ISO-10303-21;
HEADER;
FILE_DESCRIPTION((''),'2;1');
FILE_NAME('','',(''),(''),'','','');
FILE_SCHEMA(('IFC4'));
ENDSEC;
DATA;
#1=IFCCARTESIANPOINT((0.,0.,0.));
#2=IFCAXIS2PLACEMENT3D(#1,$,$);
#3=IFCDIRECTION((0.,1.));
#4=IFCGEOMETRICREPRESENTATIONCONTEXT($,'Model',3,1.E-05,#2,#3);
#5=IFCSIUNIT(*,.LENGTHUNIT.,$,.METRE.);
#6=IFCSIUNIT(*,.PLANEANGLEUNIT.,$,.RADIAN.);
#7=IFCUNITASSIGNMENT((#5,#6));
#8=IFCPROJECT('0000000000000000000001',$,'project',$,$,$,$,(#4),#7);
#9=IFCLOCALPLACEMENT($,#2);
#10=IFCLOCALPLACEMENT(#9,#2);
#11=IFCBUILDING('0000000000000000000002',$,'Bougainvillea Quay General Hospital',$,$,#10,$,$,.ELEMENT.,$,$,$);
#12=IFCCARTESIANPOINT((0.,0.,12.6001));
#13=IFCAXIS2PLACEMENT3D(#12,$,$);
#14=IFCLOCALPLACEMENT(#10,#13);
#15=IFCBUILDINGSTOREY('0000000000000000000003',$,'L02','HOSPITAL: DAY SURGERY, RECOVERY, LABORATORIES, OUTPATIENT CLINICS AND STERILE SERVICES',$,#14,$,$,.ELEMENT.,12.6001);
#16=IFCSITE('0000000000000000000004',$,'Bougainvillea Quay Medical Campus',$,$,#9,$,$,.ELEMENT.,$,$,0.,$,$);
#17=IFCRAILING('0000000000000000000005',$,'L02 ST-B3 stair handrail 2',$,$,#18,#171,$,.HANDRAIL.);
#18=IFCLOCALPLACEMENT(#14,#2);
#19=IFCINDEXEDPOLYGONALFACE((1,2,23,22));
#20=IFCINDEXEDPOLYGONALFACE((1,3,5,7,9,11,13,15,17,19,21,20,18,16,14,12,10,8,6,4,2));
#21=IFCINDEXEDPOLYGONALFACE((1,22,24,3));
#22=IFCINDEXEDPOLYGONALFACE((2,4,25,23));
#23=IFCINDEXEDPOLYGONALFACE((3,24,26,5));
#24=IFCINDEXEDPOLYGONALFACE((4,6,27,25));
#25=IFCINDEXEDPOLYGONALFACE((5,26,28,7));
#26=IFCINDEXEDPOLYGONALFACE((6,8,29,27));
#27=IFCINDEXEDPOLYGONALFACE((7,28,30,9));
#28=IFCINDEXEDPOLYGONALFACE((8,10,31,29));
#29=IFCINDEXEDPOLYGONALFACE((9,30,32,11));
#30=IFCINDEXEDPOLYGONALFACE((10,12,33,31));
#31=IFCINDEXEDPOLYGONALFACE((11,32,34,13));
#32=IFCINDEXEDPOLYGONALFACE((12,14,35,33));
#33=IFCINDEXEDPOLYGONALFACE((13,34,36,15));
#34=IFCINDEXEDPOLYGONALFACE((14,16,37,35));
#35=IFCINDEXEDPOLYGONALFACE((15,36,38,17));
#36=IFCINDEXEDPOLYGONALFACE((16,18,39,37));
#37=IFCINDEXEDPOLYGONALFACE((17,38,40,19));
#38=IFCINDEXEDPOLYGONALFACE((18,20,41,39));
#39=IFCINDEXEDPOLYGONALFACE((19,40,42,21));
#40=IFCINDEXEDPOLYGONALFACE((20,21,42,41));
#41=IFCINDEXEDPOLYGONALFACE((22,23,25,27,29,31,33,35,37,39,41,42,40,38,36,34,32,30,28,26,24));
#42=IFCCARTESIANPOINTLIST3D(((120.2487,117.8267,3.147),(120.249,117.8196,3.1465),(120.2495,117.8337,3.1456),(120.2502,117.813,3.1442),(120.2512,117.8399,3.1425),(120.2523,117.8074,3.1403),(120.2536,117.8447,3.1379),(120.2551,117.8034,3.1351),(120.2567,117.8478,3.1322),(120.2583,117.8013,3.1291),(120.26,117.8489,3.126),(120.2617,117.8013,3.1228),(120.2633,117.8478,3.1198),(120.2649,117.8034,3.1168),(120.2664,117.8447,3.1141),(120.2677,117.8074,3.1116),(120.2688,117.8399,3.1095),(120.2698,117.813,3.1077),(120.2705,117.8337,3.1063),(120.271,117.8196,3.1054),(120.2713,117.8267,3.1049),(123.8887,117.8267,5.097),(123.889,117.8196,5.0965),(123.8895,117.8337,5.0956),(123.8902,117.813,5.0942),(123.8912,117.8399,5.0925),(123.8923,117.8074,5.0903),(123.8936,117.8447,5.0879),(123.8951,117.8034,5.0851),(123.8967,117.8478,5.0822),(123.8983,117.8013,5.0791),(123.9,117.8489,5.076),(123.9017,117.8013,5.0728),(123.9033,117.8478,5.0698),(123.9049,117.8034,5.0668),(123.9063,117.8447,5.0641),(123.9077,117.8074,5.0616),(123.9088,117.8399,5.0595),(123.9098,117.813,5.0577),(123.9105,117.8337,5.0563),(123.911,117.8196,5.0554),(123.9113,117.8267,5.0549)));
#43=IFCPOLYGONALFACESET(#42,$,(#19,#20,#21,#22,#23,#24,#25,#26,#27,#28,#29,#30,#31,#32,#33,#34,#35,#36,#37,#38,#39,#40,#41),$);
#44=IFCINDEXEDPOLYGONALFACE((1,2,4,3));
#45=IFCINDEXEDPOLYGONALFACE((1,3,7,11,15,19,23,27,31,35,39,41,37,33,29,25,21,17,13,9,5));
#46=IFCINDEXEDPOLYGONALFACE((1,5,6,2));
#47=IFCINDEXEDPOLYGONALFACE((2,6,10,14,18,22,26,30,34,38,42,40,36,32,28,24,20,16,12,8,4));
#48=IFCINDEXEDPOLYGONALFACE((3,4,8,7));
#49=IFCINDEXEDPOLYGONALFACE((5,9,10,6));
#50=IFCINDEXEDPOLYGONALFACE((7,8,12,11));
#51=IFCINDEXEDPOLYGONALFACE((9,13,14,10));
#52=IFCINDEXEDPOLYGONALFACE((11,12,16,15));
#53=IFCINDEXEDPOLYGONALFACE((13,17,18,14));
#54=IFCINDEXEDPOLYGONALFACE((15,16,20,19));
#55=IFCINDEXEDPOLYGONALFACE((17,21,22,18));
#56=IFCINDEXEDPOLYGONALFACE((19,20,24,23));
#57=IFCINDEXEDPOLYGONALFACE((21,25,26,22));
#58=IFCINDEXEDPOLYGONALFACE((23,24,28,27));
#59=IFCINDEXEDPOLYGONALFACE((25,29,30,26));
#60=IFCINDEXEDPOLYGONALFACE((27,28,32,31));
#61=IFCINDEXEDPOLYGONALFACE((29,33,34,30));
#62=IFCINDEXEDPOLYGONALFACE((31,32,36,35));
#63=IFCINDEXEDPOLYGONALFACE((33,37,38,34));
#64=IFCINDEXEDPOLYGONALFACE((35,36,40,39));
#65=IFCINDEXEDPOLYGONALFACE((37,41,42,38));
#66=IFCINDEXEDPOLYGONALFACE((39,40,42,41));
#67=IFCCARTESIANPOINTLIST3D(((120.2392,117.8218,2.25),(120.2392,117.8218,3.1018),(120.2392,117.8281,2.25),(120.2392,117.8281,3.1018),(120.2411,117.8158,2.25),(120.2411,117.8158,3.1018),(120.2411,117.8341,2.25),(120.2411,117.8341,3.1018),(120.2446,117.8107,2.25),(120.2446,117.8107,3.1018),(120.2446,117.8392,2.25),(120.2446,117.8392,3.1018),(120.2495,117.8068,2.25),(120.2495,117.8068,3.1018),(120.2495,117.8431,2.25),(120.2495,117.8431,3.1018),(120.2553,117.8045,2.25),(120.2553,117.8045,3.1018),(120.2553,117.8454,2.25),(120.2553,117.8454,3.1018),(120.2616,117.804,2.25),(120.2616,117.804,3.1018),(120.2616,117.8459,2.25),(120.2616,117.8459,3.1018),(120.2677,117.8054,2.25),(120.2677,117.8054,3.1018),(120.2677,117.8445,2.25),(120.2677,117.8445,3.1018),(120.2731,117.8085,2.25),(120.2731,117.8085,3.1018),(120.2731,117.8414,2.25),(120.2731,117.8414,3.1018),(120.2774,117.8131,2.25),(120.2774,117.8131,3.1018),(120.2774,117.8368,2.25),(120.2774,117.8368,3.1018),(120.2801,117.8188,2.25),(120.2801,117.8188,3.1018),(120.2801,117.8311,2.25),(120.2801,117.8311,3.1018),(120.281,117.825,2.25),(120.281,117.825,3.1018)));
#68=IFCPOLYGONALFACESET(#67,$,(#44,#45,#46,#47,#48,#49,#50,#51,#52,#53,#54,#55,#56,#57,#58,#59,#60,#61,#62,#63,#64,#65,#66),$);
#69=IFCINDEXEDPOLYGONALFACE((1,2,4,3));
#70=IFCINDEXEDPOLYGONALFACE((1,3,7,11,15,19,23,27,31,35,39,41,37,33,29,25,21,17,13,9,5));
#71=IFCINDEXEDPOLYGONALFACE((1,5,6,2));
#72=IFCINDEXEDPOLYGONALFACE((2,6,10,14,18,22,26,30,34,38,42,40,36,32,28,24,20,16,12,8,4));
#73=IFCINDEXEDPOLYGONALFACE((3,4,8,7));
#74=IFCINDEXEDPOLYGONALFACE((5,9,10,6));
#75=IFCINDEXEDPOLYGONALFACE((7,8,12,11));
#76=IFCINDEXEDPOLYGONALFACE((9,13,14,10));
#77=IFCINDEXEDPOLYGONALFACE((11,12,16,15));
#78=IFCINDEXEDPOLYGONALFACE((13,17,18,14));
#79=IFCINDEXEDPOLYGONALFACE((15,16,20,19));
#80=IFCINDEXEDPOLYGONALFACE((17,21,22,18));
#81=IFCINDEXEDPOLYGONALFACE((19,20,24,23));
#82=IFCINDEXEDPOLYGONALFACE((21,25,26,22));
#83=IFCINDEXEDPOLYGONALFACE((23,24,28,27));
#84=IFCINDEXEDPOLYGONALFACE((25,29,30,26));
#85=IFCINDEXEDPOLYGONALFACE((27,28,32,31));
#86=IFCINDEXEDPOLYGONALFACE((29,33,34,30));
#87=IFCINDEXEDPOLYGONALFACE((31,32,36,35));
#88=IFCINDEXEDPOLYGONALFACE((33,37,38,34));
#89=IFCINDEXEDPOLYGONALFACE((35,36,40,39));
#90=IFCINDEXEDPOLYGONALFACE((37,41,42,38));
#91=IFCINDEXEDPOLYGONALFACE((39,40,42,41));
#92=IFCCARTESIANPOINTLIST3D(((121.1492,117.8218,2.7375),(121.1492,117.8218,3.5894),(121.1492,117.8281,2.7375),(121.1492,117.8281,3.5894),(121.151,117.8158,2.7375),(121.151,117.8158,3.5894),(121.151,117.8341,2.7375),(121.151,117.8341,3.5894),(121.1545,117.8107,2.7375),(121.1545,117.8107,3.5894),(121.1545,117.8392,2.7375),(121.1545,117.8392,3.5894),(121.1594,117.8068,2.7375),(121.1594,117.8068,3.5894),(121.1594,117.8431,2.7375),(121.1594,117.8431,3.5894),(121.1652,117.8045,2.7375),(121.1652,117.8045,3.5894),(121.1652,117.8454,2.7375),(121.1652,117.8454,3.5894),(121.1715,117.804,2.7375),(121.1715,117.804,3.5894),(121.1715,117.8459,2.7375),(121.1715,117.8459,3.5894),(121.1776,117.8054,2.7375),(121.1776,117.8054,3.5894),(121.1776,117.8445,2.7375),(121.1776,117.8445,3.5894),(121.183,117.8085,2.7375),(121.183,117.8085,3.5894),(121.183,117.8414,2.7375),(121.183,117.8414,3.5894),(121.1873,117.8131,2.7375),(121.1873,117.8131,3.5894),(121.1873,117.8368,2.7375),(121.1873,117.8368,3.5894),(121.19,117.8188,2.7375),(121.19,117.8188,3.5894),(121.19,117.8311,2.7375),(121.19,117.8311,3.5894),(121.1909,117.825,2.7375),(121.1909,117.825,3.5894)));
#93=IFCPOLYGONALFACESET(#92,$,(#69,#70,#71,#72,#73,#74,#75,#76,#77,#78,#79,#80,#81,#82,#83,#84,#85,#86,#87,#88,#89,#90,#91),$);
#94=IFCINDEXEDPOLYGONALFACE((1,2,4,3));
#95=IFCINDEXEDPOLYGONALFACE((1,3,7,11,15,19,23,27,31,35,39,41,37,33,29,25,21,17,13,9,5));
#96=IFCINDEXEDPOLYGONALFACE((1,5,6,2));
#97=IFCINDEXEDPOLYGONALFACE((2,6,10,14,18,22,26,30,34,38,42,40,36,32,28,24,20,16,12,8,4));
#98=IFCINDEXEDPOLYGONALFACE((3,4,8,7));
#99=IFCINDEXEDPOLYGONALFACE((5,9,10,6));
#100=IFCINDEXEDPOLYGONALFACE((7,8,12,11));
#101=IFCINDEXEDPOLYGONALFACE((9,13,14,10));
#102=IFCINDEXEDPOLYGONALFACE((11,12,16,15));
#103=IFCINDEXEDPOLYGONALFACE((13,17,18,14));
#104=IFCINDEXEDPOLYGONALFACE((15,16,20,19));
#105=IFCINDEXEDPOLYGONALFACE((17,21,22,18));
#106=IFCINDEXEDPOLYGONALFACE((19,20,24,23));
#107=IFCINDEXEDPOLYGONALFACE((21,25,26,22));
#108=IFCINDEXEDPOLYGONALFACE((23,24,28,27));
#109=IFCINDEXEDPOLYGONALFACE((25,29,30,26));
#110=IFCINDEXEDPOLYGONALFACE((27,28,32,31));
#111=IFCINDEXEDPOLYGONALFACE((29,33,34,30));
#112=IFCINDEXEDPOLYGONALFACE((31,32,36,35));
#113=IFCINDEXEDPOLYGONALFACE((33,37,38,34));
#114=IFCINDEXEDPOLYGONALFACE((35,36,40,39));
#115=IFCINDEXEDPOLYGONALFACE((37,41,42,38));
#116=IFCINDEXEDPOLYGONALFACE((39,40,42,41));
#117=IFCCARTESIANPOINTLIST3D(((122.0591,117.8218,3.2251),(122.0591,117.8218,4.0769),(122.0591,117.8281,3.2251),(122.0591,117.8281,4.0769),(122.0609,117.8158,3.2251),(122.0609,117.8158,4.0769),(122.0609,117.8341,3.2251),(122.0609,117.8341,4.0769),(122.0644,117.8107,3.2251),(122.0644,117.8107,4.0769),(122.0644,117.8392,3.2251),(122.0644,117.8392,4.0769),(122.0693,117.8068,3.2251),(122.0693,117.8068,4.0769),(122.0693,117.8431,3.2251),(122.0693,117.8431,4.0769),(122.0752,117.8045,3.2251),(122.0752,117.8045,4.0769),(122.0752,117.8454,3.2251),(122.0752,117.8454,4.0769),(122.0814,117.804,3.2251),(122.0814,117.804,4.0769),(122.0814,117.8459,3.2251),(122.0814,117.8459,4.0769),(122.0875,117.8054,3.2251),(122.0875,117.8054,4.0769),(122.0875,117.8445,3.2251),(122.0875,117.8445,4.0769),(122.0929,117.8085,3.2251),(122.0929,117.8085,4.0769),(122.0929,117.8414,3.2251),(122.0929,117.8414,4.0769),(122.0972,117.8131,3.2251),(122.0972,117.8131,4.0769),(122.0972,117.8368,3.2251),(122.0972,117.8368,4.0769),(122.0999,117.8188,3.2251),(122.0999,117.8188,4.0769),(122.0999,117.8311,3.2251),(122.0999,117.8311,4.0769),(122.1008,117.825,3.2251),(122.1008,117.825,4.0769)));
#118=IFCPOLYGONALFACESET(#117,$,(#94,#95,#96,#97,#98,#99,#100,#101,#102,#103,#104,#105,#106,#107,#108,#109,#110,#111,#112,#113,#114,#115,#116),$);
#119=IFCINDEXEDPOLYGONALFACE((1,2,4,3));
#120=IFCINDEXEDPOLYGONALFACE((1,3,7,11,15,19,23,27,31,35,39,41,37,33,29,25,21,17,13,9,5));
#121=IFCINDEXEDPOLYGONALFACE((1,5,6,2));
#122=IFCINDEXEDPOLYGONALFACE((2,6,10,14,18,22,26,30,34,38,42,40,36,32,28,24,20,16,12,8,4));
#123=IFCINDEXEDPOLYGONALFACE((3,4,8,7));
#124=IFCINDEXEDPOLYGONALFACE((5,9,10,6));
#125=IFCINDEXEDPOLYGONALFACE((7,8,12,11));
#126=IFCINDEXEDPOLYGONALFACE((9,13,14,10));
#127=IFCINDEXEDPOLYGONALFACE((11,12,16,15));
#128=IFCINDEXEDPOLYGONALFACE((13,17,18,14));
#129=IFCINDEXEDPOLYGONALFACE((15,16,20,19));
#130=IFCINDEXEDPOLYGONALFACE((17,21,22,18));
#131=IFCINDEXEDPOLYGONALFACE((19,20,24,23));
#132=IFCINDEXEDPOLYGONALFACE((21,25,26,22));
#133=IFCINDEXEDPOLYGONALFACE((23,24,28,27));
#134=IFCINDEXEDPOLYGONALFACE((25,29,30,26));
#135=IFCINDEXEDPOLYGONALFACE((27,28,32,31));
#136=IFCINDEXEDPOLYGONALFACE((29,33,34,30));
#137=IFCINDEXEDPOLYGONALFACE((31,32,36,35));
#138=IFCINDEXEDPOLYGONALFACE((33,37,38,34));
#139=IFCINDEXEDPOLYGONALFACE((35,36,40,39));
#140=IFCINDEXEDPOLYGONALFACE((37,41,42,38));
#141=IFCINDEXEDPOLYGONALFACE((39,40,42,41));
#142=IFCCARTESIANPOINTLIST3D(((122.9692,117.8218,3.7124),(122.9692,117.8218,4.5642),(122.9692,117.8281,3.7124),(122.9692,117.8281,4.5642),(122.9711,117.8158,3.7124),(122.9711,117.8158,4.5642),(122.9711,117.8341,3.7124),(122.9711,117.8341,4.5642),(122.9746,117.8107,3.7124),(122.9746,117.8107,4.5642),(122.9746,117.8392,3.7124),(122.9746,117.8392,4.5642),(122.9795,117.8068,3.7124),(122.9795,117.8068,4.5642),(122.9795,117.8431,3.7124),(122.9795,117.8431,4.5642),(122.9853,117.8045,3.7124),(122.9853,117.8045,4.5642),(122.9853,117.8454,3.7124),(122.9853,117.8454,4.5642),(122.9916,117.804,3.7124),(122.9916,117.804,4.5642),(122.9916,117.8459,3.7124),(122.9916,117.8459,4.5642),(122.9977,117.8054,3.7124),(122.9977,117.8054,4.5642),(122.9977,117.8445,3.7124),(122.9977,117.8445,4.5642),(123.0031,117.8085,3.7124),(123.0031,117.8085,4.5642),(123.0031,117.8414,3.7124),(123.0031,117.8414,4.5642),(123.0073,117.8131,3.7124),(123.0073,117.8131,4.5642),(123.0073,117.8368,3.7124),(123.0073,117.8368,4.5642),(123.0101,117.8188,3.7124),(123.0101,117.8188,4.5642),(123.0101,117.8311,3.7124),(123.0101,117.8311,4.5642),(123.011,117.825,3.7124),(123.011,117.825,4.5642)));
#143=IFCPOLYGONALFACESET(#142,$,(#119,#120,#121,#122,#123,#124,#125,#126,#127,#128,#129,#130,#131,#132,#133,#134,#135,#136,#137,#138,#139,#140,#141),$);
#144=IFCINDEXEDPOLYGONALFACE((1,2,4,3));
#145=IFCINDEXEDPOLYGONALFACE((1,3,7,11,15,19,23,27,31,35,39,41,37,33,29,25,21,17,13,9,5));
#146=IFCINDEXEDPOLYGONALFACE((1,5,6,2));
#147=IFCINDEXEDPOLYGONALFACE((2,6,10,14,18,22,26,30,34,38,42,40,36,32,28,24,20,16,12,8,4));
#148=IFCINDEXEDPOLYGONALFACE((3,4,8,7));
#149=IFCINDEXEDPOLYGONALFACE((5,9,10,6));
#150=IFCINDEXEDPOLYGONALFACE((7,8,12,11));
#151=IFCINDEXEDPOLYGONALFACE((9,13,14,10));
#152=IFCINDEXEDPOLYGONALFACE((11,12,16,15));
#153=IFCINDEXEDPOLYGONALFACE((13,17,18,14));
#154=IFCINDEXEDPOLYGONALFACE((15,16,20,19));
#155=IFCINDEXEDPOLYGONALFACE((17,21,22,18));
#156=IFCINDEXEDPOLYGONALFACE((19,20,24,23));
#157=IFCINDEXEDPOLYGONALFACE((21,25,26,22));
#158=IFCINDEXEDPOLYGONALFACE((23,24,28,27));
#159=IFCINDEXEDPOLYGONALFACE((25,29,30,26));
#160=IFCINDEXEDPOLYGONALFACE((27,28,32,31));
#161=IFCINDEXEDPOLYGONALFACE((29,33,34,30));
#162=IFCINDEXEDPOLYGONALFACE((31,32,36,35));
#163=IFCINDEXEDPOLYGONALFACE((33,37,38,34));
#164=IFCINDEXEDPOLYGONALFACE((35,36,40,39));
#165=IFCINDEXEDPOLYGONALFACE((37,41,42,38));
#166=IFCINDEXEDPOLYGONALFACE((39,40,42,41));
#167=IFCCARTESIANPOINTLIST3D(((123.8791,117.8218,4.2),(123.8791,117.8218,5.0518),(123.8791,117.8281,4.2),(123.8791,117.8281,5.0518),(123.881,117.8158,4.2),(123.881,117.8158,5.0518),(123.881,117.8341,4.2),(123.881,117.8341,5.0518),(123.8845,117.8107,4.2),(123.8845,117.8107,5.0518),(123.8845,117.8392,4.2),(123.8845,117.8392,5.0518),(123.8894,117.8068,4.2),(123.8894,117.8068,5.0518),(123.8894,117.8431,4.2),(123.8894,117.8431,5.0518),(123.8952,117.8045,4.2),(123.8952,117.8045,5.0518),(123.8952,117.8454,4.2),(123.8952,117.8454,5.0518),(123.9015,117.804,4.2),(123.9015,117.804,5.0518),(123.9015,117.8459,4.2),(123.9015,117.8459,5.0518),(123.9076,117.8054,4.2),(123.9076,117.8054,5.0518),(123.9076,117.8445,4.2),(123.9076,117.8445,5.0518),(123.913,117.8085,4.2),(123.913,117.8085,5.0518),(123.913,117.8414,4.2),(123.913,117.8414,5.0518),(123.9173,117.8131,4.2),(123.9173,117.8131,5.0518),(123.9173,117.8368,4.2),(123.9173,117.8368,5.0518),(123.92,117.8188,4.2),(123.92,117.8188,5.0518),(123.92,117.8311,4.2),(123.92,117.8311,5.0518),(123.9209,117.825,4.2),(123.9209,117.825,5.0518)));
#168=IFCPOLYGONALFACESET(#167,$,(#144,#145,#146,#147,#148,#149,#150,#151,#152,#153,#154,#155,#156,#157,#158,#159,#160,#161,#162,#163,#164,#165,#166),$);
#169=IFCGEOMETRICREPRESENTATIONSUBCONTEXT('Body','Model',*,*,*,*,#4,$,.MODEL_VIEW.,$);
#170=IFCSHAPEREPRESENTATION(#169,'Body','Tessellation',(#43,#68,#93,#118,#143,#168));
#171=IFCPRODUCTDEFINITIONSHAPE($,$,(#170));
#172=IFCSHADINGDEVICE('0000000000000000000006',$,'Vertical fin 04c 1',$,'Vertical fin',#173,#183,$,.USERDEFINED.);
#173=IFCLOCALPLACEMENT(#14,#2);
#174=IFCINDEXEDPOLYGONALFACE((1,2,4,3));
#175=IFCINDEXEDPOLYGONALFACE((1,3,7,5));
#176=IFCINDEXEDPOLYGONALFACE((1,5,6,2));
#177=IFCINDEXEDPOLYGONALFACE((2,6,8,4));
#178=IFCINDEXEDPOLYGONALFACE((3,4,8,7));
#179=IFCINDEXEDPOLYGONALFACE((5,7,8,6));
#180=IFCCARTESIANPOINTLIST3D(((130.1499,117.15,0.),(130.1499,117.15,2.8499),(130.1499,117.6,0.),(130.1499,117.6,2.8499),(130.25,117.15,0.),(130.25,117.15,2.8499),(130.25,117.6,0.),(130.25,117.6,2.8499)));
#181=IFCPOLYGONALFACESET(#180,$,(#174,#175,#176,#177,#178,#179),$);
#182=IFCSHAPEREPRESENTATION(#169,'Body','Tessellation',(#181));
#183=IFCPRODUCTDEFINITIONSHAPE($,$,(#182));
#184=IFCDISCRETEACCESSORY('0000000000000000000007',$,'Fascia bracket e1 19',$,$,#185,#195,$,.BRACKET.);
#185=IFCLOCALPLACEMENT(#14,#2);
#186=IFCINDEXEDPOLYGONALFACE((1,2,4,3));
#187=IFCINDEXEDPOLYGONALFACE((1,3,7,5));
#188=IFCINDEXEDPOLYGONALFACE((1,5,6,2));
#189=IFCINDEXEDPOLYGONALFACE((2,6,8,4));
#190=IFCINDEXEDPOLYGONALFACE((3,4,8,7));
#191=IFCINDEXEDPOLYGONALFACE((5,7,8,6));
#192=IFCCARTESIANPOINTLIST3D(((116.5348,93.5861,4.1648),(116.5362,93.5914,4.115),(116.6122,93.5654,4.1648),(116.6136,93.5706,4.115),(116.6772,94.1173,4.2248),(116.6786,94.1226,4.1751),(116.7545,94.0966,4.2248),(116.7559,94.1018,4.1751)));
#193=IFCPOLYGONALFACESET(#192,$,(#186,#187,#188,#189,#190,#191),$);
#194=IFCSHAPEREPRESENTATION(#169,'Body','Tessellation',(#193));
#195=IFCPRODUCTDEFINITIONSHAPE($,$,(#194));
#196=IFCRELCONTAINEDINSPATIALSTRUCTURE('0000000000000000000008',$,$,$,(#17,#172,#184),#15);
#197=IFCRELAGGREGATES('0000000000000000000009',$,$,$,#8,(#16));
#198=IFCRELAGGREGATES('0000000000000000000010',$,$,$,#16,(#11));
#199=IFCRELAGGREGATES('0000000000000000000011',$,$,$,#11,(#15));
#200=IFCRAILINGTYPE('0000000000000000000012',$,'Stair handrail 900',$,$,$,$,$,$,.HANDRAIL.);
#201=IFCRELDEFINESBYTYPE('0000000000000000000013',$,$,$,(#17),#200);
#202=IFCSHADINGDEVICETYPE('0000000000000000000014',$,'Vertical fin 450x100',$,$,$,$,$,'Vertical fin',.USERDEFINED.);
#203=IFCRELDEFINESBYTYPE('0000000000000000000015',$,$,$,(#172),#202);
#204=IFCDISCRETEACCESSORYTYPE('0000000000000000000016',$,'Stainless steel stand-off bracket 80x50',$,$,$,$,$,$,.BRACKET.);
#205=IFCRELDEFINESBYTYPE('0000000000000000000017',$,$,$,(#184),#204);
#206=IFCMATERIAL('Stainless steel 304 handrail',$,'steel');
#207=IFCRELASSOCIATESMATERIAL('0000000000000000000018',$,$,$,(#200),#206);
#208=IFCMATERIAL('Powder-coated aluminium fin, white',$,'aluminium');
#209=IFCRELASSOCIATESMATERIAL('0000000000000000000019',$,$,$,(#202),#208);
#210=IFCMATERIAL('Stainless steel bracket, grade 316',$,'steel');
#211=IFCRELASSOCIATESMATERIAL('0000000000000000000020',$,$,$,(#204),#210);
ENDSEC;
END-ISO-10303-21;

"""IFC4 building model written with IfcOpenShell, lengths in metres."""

from ifc_helpers import new_model, si_unit, direction, frame, origin, origin_2d, place, context, subcontext, project, spatial, rectangle, circle, extrude, material, material_profile, profile_set, type_object, element, save


model = new_model("IFC4")

# Units and contexts
model_context = context("Model", 3, precision=1e-05, world=origin(), true_north=direction((0.0, 1.0)))
body_context = subcontext(model_context, "Body", "Model", "MODEL_VIEW")
ifc_project = project(units=[si_unit("LENGTHUNIT", "METRE"), si_unit("PLANEANGLEUNIT", "RADIAN")], contexts=[model_context])

# Site, building, storey
site_placement = place(None, origin())
site = spatial("IfcSite", under=ifc_project, at=site_placement, Name="Bougainvillea Quay Medical Campus", CompositionType="ELEMENT", RefElevation=0.0)
building_placement = place(site_placement, origin())
building = spatial("IfcBuilding", under=site, at=building_placement, Name="Bougainvillea Quay General Hospital", CompositionType="ELEMENT")
storey_placement = place(building_placement, frame((0.0, 0.0, 12.6001)))
storey = spatial("IfcBuildingStorey", under=building, at=storey_placement, Name="L02", Description="HOSPITAL: DAY SURGERY, RECOVERY, LABORATORIES, OUTPATIENT CLINICS AND STERILE SERVICES", CompositionType="ELEMENT", Elevation=12.6001)

# Railing
ifc_material_1 = material(Name="Stainless steel 304 handrail", Category="steel")
railing_type = type_object("IfcRailingType", Name="Stair handrail 900", PredefinedType="HANDRAIL", material=ifc_material_1)
railing_placement = place(storey_placement, frame((120.26, 117.825, 2.25)))
element("IfcRailing", 1, at=railing_placement, inside=storey, type_object=railing_type, Name="L02 ST-B3 stair handrail 2", PredefinedType="HANDRAIL", context=body_context, shape_type="SweptSolid", body=[
    extrude(circle(Radius=0.0239, at=origin_2d()), frame((0.0, 0.0, 0.876), z_axis=(0.881479, 0.0, 0.472223), x_axis=(0.0, 1.0, 0.0)), (0.0, 0.0, 1.0), 4.1294),
    extrude(circle(Radius=0.021, at=origin_2d()), origin(), (0.0, 0.0, 1.0), 0.8518),
    extrude(circle(Radius=0.021, at=origin_2d()), frame((0.9099, 0.0, 0.4875)), (0.0, 0.0, 1.0), 0.8518),
    extrude(circle(Radius=0.021, at=origin_2d()), frame((1.8198, 0.0, 0.9751)), (0.0, 0.0, 1.0), 0.8518),
    extrude(circle(Radius=0.021, at=origin_2d()), frame((2.73, 0.0, 1.4624)), (0.0, 0.0, 1.0), 0.8518),
    extrude(circle(Radius=0.021, at=origin_2d()), frame((3.6399, 0.0, 1.95)), (0.0, 0.0, 1.0), 0.8518),
])

# Shading device
ifc_material_2 = material(Name="Powder-coated aluminium fin, white", Category="aluminium")
ifc_material_profile_1 = material_profile(ifc_material_2, rectangle(XDim=0.45, YDim=0.1001, at=origin_2d()))
ifc_profile_set_1 = profile_set([ifc_material_profile_1], Name="Powder-coated aluminium fin, white")
shading_device_type = type_object("IfcShadingDeviceType", Name="Vertical fin 450x100", ElementType="Vertical fin", PredefinedType="USERDEFINED", material=ifc_profile_set_1)
shading_device_placement = place(storey_placement, frame((130.2, 117.375, 0.0), z_axis=(0.0, 0.0, 1.0), x_axis=(0.0, -1.0, 0.0)))
element("IfcShadingDevice", 2, at=shading_device_placement, inside=storey, type_object=shading_device_type, Name="Vertical fin 04c 1", ObjectType="Vertical fin", PredefinedType="USERDEFINED", context=body_context, shape_type="SweptSolid", body=[
    extrude(rectangle(XDim=0.45, YDim=0.1001, at=origin_2d()), origin(), (0.0, 0.0, 1.0), 2.8499),
])

# Discrete accessory
ifc_material_3 = material(Name="Stainless steel bracket, grade 316", Category="steel")
ifc_material_profile_2 = material_profile(ifc_material_3, rectangle(XDim=0.0801, YDim=0.05, at=origin_2d()))
ifc_profile_set_2 = profile_set([ifc_material_profile_2], Name="Stainless steel bracket, grade 316")
discrete_accessory_type = type_object("IfcDiscreteAccessoryType", Name="Stainless steel stand-off bracket 80x50", PredefinedType="BRACKET", material=ifc_profile_set_2)
discrete_accessory_placement = place(storey_placement, frame((116.5742, 93.5784, 4.1399), z_axis=(0.257266, 0.960224, 0.108555), x_axis=(-0.965932, 0.258795, 0.0)))
element("IfcDiscreteAccessory", 3, at=discrete_accessory_placement, inside=storey, type_object=discrete_accessory_type, Name="Fascia bracket e1 19", PredefinedType="BRACKET", context=body_context, shape_type="SweptSolid", body=[
    extrude(rectangle(XDim=0.0801, YDim=0.05, at=origin_2d()), origin(), (0.0, 0.0, 1.0), 0.5532),
])

save(model, "model.ifc")
